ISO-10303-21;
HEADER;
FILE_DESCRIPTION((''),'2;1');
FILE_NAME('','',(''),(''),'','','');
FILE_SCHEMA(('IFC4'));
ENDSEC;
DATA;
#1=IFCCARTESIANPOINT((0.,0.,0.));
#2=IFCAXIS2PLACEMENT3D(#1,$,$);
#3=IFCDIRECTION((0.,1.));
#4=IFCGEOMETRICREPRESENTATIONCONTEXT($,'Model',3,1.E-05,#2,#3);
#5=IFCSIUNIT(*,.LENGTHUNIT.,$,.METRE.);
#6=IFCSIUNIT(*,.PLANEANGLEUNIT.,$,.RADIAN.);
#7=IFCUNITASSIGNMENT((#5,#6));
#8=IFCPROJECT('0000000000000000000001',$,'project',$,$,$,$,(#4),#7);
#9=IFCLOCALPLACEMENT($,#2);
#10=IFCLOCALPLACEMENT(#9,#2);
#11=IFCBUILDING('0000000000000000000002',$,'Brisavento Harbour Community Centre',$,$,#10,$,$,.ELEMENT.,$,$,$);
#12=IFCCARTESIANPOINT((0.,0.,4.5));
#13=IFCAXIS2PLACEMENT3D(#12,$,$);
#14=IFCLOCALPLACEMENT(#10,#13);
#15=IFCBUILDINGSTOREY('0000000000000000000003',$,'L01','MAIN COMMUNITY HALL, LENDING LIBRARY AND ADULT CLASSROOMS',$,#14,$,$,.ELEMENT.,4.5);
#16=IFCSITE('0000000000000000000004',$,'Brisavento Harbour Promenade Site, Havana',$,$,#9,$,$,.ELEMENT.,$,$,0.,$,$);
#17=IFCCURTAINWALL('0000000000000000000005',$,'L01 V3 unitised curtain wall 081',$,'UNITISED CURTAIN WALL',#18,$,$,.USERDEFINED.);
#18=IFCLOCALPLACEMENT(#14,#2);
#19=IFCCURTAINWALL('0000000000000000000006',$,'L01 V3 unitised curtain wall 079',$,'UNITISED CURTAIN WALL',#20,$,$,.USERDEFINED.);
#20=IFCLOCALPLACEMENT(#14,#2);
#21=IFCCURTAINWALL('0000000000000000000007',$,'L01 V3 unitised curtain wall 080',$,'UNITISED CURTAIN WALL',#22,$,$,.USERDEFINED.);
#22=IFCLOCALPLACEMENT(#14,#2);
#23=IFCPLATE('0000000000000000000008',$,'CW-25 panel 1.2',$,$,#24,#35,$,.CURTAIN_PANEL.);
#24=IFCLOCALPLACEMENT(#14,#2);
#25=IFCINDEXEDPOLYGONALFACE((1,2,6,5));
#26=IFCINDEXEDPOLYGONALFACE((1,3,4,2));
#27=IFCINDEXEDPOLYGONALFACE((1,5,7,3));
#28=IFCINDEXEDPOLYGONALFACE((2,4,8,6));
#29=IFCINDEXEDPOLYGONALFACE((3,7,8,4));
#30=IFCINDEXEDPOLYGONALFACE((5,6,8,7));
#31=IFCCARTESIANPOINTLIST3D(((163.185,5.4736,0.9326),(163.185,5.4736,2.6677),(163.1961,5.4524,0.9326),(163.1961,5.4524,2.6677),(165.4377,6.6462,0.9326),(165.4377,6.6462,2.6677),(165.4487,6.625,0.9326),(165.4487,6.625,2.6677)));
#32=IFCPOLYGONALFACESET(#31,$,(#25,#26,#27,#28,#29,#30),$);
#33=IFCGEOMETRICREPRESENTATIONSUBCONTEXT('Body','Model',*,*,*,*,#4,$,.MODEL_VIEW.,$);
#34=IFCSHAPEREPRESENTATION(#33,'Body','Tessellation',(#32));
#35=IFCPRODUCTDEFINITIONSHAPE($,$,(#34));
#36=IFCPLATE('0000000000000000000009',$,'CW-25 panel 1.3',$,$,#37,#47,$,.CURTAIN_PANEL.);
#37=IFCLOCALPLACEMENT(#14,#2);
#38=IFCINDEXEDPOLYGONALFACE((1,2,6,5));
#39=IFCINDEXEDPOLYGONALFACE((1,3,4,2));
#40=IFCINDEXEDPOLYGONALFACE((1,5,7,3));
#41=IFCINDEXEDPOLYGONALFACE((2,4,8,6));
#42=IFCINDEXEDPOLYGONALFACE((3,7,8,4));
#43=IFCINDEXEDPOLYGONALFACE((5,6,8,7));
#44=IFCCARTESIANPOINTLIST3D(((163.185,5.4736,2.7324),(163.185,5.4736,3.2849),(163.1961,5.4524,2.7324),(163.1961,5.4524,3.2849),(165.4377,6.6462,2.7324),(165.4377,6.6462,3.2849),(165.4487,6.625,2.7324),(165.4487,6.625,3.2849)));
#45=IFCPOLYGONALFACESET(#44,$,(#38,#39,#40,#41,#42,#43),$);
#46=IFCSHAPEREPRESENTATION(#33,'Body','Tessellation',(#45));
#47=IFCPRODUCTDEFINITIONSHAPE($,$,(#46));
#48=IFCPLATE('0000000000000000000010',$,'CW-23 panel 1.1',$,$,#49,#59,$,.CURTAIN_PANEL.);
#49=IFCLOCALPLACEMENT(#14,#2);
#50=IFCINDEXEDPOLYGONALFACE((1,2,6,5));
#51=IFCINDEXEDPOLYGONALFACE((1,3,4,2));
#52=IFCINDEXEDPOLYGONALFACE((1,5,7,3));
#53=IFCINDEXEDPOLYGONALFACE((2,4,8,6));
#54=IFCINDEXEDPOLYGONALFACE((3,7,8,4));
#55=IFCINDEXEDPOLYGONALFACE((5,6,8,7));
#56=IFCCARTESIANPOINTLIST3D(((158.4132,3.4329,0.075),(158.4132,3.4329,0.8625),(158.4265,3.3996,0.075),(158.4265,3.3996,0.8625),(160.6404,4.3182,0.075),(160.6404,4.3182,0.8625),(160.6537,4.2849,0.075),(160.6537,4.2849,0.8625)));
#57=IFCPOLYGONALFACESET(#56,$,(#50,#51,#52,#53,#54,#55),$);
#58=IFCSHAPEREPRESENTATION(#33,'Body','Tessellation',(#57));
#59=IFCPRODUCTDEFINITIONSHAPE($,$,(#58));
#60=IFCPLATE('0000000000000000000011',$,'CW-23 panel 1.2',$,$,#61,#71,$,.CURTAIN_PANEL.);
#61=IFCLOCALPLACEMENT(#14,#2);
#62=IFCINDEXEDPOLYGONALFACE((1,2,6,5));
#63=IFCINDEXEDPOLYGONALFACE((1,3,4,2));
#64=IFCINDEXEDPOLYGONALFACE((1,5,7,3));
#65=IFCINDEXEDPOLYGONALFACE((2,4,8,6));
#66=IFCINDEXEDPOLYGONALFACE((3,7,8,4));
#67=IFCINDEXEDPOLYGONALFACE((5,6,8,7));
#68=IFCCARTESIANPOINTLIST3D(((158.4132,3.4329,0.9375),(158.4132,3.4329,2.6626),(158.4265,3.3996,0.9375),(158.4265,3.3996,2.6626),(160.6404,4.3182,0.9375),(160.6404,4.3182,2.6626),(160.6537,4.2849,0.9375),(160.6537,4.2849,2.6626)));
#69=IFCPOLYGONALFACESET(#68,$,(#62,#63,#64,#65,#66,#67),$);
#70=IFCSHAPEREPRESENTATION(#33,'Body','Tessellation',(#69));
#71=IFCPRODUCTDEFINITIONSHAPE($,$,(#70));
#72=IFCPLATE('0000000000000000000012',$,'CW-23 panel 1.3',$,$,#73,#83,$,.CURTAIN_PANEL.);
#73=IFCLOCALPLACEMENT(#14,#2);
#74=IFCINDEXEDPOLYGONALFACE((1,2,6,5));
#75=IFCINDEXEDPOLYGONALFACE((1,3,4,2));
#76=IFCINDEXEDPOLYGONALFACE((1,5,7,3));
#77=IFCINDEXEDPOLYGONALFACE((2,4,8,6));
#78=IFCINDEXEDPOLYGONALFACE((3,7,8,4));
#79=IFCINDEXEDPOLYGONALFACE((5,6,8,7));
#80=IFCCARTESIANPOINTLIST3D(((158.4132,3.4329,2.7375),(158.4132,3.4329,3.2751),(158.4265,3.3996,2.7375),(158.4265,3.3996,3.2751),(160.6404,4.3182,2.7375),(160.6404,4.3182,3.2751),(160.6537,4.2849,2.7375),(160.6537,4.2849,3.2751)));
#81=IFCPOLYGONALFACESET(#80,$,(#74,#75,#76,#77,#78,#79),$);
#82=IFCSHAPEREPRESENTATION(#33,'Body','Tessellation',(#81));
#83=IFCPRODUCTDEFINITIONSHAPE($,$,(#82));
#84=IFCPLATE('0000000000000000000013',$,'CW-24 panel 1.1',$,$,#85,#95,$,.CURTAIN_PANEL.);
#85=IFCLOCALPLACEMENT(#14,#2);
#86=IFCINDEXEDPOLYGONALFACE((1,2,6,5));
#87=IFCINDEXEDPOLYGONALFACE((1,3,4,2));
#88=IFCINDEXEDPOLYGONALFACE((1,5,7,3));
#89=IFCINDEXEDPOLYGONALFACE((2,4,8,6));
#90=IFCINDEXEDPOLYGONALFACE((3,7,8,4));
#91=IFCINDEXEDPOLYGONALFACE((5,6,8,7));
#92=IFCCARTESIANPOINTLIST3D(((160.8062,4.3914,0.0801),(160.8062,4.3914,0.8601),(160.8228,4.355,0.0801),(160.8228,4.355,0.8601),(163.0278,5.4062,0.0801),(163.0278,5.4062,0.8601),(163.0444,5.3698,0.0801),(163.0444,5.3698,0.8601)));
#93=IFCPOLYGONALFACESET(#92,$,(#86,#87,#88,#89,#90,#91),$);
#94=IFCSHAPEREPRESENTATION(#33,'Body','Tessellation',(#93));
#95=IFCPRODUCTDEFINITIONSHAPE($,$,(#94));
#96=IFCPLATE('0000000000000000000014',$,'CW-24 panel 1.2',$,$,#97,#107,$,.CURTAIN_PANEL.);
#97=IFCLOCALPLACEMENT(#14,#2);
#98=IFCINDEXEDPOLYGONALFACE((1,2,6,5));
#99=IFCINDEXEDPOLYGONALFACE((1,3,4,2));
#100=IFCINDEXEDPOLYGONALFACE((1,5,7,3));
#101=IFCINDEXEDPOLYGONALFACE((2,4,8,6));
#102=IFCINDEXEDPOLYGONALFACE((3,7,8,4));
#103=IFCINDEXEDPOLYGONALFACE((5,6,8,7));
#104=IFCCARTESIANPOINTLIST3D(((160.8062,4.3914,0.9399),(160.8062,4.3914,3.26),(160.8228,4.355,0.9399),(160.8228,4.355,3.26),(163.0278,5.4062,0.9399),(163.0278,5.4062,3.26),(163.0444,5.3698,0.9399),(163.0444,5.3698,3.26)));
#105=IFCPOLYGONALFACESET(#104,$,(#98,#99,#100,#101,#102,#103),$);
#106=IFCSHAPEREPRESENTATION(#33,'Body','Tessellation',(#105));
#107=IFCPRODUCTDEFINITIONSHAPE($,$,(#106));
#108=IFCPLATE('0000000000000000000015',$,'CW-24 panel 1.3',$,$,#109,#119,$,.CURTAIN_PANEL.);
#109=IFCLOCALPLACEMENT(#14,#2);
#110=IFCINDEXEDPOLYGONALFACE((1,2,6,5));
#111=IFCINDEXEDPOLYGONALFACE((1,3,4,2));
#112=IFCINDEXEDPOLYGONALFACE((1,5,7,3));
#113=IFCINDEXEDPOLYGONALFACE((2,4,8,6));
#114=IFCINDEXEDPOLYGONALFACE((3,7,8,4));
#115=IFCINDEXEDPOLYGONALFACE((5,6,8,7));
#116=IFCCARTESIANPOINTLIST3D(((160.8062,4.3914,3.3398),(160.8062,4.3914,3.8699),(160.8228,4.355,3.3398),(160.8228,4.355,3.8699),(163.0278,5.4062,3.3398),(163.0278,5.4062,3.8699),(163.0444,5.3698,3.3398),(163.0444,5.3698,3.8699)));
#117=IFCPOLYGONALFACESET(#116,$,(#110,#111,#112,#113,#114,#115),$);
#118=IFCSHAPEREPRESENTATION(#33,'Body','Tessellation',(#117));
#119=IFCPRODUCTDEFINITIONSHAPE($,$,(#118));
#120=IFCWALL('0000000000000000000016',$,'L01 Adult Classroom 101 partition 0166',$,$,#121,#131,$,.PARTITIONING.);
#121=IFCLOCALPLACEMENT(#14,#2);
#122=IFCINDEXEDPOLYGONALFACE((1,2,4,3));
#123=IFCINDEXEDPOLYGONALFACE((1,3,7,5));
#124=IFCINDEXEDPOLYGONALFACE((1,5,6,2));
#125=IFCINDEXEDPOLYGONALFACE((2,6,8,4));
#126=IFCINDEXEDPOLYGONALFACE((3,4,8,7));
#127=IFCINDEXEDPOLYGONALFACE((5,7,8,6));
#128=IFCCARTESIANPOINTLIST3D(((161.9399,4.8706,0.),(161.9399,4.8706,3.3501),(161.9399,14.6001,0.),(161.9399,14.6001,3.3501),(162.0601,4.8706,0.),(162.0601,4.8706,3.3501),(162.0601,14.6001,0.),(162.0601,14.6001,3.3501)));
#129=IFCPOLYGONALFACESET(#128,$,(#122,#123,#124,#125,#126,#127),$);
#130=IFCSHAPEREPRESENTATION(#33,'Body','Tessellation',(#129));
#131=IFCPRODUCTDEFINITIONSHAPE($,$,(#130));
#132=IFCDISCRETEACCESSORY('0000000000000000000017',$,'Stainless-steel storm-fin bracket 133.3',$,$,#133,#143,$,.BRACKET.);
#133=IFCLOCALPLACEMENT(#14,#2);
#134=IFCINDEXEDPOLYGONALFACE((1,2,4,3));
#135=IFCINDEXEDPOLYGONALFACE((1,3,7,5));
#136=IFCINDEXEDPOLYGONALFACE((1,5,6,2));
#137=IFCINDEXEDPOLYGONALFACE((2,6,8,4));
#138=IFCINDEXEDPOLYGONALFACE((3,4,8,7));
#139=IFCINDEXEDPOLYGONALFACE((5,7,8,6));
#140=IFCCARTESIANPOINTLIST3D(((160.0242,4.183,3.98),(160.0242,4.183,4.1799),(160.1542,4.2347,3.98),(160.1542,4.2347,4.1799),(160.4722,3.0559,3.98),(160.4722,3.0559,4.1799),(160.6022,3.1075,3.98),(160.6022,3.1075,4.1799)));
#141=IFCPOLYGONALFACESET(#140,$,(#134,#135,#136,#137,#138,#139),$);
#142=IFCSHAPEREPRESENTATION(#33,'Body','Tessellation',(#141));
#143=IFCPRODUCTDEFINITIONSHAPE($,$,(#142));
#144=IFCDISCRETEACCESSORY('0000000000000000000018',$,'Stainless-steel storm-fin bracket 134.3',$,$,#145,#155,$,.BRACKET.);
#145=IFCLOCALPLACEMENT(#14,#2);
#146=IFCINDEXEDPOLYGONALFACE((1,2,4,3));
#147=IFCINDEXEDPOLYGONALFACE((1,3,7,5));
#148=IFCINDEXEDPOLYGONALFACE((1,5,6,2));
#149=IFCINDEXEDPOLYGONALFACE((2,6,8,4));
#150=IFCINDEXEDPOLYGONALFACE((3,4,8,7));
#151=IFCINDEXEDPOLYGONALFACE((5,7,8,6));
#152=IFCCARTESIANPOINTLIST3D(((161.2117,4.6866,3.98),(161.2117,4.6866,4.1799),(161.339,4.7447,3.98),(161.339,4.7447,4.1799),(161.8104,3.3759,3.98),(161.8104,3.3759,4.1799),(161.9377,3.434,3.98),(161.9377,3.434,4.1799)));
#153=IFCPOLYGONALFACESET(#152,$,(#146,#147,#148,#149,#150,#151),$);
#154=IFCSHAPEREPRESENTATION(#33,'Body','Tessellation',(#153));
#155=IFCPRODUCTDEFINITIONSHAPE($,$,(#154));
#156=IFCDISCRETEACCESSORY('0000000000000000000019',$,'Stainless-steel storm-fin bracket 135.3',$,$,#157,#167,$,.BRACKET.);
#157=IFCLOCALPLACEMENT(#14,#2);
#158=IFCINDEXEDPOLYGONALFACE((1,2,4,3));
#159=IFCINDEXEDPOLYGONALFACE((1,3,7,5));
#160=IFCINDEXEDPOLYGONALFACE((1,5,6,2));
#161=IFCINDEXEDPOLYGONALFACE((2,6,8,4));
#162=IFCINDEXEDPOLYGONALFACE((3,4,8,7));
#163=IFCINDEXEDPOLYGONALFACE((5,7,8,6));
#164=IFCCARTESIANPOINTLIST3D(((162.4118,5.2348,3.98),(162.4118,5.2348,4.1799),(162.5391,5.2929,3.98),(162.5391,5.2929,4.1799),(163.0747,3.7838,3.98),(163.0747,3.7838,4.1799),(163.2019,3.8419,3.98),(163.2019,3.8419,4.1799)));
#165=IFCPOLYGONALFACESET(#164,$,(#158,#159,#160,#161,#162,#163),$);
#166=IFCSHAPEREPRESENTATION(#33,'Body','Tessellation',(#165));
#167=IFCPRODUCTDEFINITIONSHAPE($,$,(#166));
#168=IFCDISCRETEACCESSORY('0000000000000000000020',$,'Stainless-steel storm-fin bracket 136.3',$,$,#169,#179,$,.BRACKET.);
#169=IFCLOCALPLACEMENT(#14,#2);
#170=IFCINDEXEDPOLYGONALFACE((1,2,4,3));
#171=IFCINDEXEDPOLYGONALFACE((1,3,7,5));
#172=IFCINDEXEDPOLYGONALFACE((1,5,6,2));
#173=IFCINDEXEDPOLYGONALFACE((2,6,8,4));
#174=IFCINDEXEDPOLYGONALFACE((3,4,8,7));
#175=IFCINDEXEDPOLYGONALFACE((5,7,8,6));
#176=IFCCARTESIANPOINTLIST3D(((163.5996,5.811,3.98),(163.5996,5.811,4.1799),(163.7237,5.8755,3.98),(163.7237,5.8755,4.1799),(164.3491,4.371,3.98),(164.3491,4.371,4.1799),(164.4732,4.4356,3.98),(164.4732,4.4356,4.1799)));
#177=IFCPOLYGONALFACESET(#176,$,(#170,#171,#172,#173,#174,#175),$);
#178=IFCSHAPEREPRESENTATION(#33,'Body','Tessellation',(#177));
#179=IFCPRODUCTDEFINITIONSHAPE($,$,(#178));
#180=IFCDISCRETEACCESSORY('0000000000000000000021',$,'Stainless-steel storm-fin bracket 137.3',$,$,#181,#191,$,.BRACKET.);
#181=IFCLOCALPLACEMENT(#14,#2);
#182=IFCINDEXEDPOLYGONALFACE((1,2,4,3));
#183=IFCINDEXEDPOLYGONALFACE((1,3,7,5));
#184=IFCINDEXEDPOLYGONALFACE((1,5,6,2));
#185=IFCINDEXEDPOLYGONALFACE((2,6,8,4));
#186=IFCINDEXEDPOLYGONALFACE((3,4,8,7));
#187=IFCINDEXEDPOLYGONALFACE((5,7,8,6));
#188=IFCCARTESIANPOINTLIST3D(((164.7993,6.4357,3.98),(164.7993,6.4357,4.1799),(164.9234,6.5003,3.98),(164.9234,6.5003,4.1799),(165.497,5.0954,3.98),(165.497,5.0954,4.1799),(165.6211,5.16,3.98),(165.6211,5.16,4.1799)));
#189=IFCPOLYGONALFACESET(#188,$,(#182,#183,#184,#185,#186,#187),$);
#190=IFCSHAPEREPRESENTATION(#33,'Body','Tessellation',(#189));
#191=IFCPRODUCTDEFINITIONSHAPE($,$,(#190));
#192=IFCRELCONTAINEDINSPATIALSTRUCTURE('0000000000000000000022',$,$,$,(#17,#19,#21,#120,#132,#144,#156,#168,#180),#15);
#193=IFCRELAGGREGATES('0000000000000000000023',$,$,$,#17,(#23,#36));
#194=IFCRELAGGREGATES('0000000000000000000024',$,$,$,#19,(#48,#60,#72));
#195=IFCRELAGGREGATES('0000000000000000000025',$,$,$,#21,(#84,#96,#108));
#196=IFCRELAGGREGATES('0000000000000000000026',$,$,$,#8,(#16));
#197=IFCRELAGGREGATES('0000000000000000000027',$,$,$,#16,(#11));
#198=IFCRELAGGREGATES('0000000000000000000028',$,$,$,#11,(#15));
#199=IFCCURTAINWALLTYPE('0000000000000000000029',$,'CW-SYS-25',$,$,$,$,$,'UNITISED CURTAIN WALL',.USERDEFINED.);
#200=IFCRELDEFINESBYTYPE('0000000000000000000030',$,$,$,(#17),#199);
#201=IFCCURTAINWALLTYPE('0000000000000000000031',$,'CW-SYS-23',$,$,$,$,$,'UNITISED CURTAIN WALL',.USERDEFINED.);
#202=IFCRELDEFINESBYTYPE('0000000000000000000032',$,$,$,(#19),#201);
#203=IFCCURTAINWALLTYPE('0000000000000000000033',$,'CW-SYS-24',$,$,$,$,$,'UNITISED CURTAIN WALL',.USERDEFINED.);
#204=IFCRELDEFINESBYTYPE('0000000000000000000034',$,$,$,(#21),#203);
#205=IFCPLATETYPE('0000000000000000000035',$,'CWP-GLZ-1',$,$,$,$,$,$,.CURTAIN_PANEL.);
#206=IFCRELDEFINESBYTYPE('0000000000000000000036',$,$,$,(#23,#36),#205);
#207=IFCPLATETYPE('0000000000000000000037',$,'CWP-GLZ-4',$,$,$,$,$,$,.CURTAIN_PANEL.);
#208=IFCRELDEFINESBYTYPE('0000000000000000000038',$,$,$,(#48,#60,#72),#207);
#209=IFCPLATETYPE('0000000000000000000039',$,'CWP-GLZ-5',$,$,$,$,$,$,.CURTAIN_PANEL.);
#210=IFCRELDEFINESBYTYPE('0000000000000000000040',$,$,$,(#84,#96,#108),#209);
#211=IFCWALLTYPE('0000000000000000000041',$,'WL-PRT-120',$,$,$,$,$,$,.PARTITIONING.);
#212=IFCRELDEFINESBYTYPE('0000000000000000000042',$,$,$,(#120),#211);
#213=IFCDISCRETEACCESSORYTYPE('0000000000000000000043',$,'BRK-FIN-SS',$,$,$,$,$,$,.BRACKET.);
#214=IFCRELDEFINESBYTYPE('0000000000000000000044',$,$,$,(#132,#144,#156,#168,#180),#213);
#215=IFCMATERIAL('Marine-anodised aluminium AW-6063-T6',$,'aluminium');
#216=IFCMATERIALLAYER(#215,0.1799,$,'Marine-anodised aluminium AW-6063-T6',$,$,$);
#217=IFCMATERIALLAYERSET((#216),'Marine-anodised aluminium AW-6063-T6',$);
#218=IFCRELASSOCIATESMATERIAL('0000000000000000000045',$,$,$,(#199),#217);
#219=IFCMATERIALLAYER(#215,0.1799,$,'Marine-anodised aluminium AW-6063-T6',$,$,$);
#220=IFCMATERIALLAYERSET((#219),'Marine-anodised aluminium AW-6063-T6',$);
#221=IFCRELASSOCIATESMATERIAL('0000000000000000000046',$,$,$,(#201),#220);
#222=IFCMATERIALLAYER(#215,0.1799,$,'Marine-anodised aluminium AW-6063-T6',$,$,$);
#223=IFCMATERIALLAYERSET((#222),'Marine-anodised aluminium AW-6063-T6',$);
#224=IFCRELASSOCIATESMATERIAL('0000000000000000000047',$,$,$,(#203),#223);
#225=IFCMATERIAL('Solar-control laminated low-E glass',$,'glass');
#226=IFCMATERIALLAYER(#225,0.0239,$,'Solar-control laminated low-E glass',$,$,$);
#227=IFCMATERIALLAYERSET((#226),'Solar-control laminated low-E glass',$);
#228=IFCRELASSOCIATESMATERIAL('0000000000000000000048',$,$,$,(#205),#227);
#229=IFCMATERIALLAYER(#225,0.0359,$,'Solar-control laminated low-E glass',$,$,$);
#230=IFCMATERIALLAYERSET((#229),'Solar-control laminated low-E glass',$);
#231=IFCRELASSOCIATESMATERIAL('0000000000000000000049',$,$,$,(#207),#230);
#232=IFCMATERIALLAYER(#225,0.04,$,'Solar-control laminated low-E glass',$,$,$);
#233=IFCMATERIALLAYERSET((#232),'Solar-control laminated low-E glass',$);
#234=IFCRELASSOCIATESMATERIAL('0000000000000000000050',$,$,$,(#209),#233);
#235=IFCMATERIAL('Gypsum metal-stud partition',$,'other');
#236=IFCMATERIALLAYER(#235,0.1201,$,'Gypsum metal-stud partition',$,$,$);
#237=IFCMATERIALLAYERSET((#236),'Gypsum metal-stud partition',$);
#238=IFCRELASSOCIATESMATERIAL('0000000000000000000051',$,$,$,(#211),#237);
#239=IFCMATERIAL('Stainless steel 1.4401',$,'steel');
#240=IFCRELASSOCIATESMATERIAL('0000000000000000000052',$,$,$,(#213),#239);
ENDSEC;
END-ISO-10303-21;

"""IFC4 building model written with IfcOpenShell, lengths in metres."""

from ifc_helpers import new_model, si_unit, direction, frame, frame_2d, origin, origin_2d, place, context, subcontext, project, spatial, rectangle, extrude, material, layer, layer_set, type_object, element, aggregate, save


model = new_model("IFC4")

# Units and contexts
model_context = context("Model", 3, precision=1e-05, world=origin(), true_north=direction((0.0, 1.0)))
body_context = subcontext(model_context, "Body", "Model", "MODEL_VIEW")
ifc_project = project(units=[si_unit("LENGTHUNIT", "METRE"), si_unit("PLANEANGLEUNIT", "RADIAN")], contexts=[model_context])

# Site, building, storey
site_placement = place(None, origin())
site = spatial("IfcSite", under=ifc_project, at=site_placement, Name="Brisavento Harbour Promenade Site, Havana", CompositionType="ELEMENT", RefElevation=0.0)
building_placement = place(site_placement, origin())
building = spatial("IfcBuilding", under=site, at=building_placement, Name="Brisavento Harbour Community Centre", CompositionType="ELEMENT")
storey_placement = place(building_placement, frame((0.0, 0.0, 4.5)))
storey = spatial("IfcBuildingStorey", under=building, at=storey_placement, Name="L01", Description="MAIN COMMUNITY HALL, LENDING LIBRARY AND ADULT CLASSROOMS", CompositionType="ELEMENT", Elevation=4.5)

# Curtain walls
ifc_material_1 = material(Name="Marine-anodised aluminium AW-6063-T6", Category="aluminium")
ifc_layer_1 = layer(ifc_material_1, 0.1799, Name="Marine-anodised aluminium AW-6063-T6")
ifc_layer_set_1 = layer_set([ifc_layer_1], Name="Marine-anodised aluminium AW-6063-T6")
curtain_wall_type_1 = type_object("IfcCurtainWallType", Name="CW-SYS-25", ElementType="UNITISED CURTAIN WALL", PredefinedType="USERDEFINED", material=ifc_layer_set_1)
curtain_wall_1_placement = place(storey_placement, origin())
curtain_wall_1 = element("IfcCurtainWall", 1, at=curtain_wall_1_placement, inside=storey, type_object=curtain_wall_type_1, Name="L01 V3 unitised curtain wall 081", ObjectType="UNITISED CURTAIN WALL", PredefinedType="USERDEFINED")
ifc_layer_2 = layer(ifc_material_1, 0.1799, Name="Marine-anodised aluminium AW-6063-T6")
ifc_layer_set_2 = layer_set([ifc_layer_2], Name="Marine-anodised aluminium AW-6063-T6")
curtain_wall_type_2 = type_object("IfcCurtainWallType", Name="CW-SYS-23", ElementType="UNITISED CURTAIN WALL", PredefinedType="USERDEFINED", material=ifc_layer_set_2)
curtain_wall_2_placement = place(storey_placement, origin())
curtain_wall_2 = element("IfcCurtainWall", 2, at=curtain_wall_2_placement, inside=storey, type_object=curtain_wall_type_2, Name="L01 V3 unitised curtain wall 079", ObjectType="UNITISED CURTAIN WALL", PredefinedType="USERDEFINED")

# Curtain wall
ifc_layer_3 = layer(ifc_material_1, 0.1799, Name="Marine-anodised aluminium AW-6063-T6")
ifc_layer_set_3 = layer_set([ifc_layer_3], Name="Marine-anodised aluminium AW-6063-T6")
curtain_wall_type_3 = type_object("IfcCurtainWallType", Name="CW-SYS-24", ElementType="UNITISED CURTAIN WALL", PredefinedType="USERDEFINED", material=ifc_layer_set_3)
curtain_wall_3_placement = place(storey_placement, origin())
curtain_wall_3 = element("IfcCurtainWall", 3, at=curtain_wall_3_placement, inside=storey, type_object=curtain_wall_type_3, Name="L01 V3 unitised curtain wall 080", ObjectType="UNITISED CURTAIN WALL", PredefinedType="USERDEFINED")

# Plates
ifc_material_2 = material(Name="Solar-control laminated low-E glass", Category="glass")
ifc_layer_4 = layer(ifc_material_2, 0.0239, Name="Solar-control laminated low-E glass")
ifc_layer_set_4 = layer_set([ifc_layer_4], Name="Solar-control laminated low-E glass")
plate_type_1 = type_object("IfcPlateType", Name="CWP-GLZ-1", PredefinedType="CURTAIN_PANEL", material=ifc_layer_set_4)
plate_1_placement = place(storey_placement, frame((164.3169, 6.0493, 0.9326), z_axis=(0.0, 0.0, 1.0), x_axis=(-0.887027, -0.461718, 0.0)))
plate_1 = element("IfcPlate", 4, at=plate_1_placement, type_object=plate_type_1, Name="CW-25 panel 1.2", PredefinedType="CURTAIN_PANEL", context=body_context, shape_type="SweptSolid", body=[
    extrude(rectangle(XDim=2.5396, YDim=0.0239, at=origin_2d()), origin(), (0.0, 0.0, 1.0), 1.7351),
])
plate_2_placement = place(storey_placement, frame((164.3169, 6.0493, 2.7324), z_axis=(0.0, 0.0, 1.0), x_axis=(-0.887027, -0.461718, 0.0)))
plate_2 = element("IfcPlate", 5, at=plate_2_placement, type_object=plate_type_1, Name="CW-25 panel 1.3", PredefinedType="CURTAIN_PANEL", context=body_context, shape_type="SweptSolid", body=[
    extrude(rectangle(XDim=2.5396, YDim=0.0239, at=origin_2d()), origin(), (0.0, 0.0, 1.0), 0.5525),
])
aggregate(curtain_wall_1, [plate_1, plate_2])
ifc_layer_5 = layer(ifc_material_2, 0.0359, Name="Solar-control laminated low-E glass")
ifc_layer_set_5 = layer_set([ifc_layer_5], Name="Solar-control laminated low-E glass")
plate_type_2 = type_object("IfcPlateType", Name="CWP-GLZ-4", PredefinedType="CURTAIN_PANEL", material=ifc_layer_set_5)
plate_3_placement = place(storey_placement, frame((159.5334, 3.8589, 0.075), z_axis=(0.0, 0.0, 1.0), x_axis=(-0.929279, -0.369379, 0.0)))
plate_3 = element("IfcPlate", 6, at=plate_3_placement, type_object=plate_type_2, Name="CW-23 panel 1.1", PredefinedType="CURTAIN_PANEL", context=body_context, shape_type="SweptSolid", body=[
    extrude(rectangle(XDim=2.3967, YDim=0.0359, at=origin_2d()), origin(), (0.0, 0.0, 1.0), 0.7876),
])
plate_4_placement = place(storey_placement, frame((159.5334, 3.8589, 0.9375), z_axis=(0.0, 0.0, 1.0), x_axis=(-0.929279, -0.369379, 0.0)))
plate_4 = element("IfcPlate", 7, at=plate_4_placement, type_object=plate_type_2, Name="CW-23 panel 1.2", PredefinedType="CURTAIN_PANEL", context=body_context, shape_type="SweptSolid", body=[
    extrude(rectangle(XDim=2.3967, YDim=0.0359, at=origin_2d()), origin(), (0.0, 0.0, 1.0), 1.7251),
])
plate_5_placement = place(storey_placement, frame((159.5334, 3.8589, 2.7375), z_axis=(0.0, 0.0, 1.0), x_axis=(-0.929279, -0.369379, 0.0)))
plate_5 = element("IfcPlate", 8, at=plate_5_placement, type_object=plate_type_2, Name="CW-23 panel 1.3", PredefinedType="CURTAIN_PANEL", context=body_context, shape_type="SweptSolid", body=[
    extrude(rectangle(XDim=2.3967, YDim=0.0359, at=origin_2d()), origin(), (0.0, 0.0, 1.0), 0.5376),
])
aggregate(curtain_wall_2, [plate_3, plate_4, plate_5])
ifc_layer_6 = layer(ifc_material_2, 0.04, Name="Solar-control laminated low-E glass")
ifc_layer_set_6 = layer_set([ifc_layer_6], Name="Solar-control laminated low-E glass")
plate_type_3 = type_object("IfcPlateType", Name="CWP-GLZ-5", PredefinedType="CURTAIN_PANEL", material=ifc_layer_set_6)
plate_6_placement = place(storey_placement, frame((161.9253, 4.8806, 0.0801), z_axis=(0.0, 0.0, 1.0), x_axis=(-0.909598, -0.41549, 0.0)))
plate_6 = element("IfcPlate", 9, at=plate_6_placement, type_object=plate_type_3, Name="CW-24 panel 1.1", PredefinedType="CURTAIN_PANEL", context=body_context, shape_type="SweptSolid", body=[
    extrude(rectangle(XDim=2.4424, YDim=0.04, at=origin_2d()), origin(), (0.0, 0.0, 1.0), 0.78),
])
plate_7_placement = place(storey_placement, frame((161.9253, 4.8806, 0.9399), z_axis=(0.0, 0.0, 1.0), x_axis=(-0.909598, -0.41549, 0.0)))
plate_7 = element("IfcPlate", 10, at=plate_7_placement, type_object=plate_type_3, Name="CW-24 panel 1.2", PredefinedType="CURTAIN_PANEL", context=body_context, shape_type="SweptSolid", body=[
    extrude(rectangle(XDim=2.4424, YDim=0.04, at=origin_2d()), origin(), (0.0, 0.0, 1.0), 2.3201),
])
plate_8_placement = place(storey_placement, frame((161.9253, 4.8806, 3.3398), z_axis=(0.0, 0.0, 1.0), x_axis=(-0.909598, -0.41549, 0.0)))
plate_8 = element("IfcPlate", 11, at=plate_8_placement, type_object=plate_type_3, Name="CW-24 panel 1.3", PredefinedType="CURTAIN_PANEL", context=body_context, shape_type="SweptSolid", body=[
    extrude(rectangle(XDim=2.4424, YDim=0.04, at=origin_2d()), origin(), (0.0, 0.0, 1.0), 0.53),
])
aggregate(curtain_wall_3, [plate_6, plate_7, plate_8])

# Wall
ifc_material_3 = material(Name="Gypsum metal-stud partition", Category="other")
ifc_layer_7 = layer(ifc_material_3, 0.1201, Name="Gypsum metal-stud partition")
ifc_layer_set_7 = layer_set([ifc_layer_7], Name="Gypsum metal-stud partition")
wall_type = type_object("IfcWallType", Name="WL-PRT-120", PredefinedType="PARTITIONING", material=ifc_layer_set_7)
wall_placement = place(storey_placement, frame((162.0, 4.8706, 0.0), z_axis=(0.0, 0.0, 1.0), x_axis=(0.0, 1.0, 0.0)))
element("IfcWall", 12, at=wall_placement, inside=storey, type_object=wall_type, Name="L01 Adult Classroom 101 partition 0166", PredefinedType="PARTITIONING", context=body_context, shape_type="SweptSolid", body=[
    extrude(rectangle(XDim=9.7295, YDim=0.1201, at=frame_2d((4.8647, 0.0))), origin(), (0.0, 0.0, 1.0), 3.3501),
])

# Discrete accessories
ifc_material_4 = material(Name="Stainless steel 1.4401", Category="steel")
discrete_accessory_type = type_object("IfcDiscreteAccessoryType", Name="BRK-FIN-SS", PredefinedType="BRACKET", material=ifc_material_4)
discrete_accessory_1_placement = place(storey_placement, frame((160.3132, 3.6453, 3.98), z_axis=(0.0, 0.0, 1.0), x_axis=(0.369341, -0.929294, 0.0)))
element("IfcDiscreteAccessory", 13, at=discrete_accessory_1_placement, inside=storey, type_object=discrete_accessory_type, Name="Stainless-steel storm-fin bracket 133.3", PredefinedType="BRACKET", context=body_context, shape_type="SweptSolid", body=[
    extrude(rectangle(XDim=1.2129, YDim=0.1399, at=origin_2d()), origin(), (0.0, 0.0, 1.0), 0.2),
])
discrete_accessory_2_placement = place(storey_placement, frame((161.5747, 4.0603, 3.98), z_axis=(0.0, 0.0, 1.0), x_axis=(0.415519, -0.909585, 0.0)))
element("IfcDiscreteAccessory", 14, at=discrete_accessory_2_placement, inside=storey, type_object=discrete_accessory_type, Name="Stainless-steel storm-fin bracket 134.3", PredefinedType="BRACKET", context=body_context, shape_type="SweptSolid", body=[
    extrude(rectangle(XDim=1.4409, YDim=0.1399, at=origin_2d()), origin(), (0.0, 0.0, 1.0), 0.2),
])
discrete_accessory_3_placement = place(storey_placement, frame((162.8069, 4.5383, 3.98), z_axis=(0.0, 0.0, 1.0), x_axis=(0.415519, -0.909585, 0.0)))
element("IfcDiscreteAccessory", 15, at=discrete_accessory_3_placement, inside=storey, type_object=discrete_accessory_type, Name="Stainless-steel storm-fin bracket 135.3", PredefinedType="BRACKET", context=body_context, shape_type="SweptSolid", body=[
    extrude(rectangle(XDim=1.5952, YDim=0.1399, at=origin_2d()), origin(), (0.0, 0.0, 1.0), 0.2),
])
discrete_accessory_4_placement = place(storey_placement, frame((164.0364, 5.1233, 3.98), z_axis=(0.0, 0.0, 1.0), x_axis=(0.461702, -0.887035, 0.0)))
element("IfcDiscreteAccessory", 16, at=discrete_accessory_4_placement, inside=storey, type_object=discrete_accessory_type, Name="Stainless-steel storm-fin bracket 136.3", PredefinedType="BRACKET", context=body_context, shape_type="SweptSolid", body=[
    extrude(rectangle(XDim=1.6233, YDim=0.1399, at=origin_2d()), origin(), (0.0, 0.0, 1.0), 0.2),
])
discrete_accessory_5_placement = place(storey_placement, frame((165.2102, 5.7979, 3.98), z_axis=(0.0, 0.0, 1.0), x_axis=(0.461702, -0.887035, 0.0)))
element("IfcDiscreteAccessory", 17, at=discrete_accessory_5_placement, inside=storey, type_object=discrete_accessory_type, Name="Stainless-steel storm-fin bracket 137.3", PredefinedType="BRACKET", context=body_context, shape_type="SweptSolid", body=[
    extrude(rectangle(XDim=1.511, YDim=0.1399, at=origin_2d()), origin(), (0.0, 0.0, 1.0), 0.2),
])

save(model, "model.ifc")
